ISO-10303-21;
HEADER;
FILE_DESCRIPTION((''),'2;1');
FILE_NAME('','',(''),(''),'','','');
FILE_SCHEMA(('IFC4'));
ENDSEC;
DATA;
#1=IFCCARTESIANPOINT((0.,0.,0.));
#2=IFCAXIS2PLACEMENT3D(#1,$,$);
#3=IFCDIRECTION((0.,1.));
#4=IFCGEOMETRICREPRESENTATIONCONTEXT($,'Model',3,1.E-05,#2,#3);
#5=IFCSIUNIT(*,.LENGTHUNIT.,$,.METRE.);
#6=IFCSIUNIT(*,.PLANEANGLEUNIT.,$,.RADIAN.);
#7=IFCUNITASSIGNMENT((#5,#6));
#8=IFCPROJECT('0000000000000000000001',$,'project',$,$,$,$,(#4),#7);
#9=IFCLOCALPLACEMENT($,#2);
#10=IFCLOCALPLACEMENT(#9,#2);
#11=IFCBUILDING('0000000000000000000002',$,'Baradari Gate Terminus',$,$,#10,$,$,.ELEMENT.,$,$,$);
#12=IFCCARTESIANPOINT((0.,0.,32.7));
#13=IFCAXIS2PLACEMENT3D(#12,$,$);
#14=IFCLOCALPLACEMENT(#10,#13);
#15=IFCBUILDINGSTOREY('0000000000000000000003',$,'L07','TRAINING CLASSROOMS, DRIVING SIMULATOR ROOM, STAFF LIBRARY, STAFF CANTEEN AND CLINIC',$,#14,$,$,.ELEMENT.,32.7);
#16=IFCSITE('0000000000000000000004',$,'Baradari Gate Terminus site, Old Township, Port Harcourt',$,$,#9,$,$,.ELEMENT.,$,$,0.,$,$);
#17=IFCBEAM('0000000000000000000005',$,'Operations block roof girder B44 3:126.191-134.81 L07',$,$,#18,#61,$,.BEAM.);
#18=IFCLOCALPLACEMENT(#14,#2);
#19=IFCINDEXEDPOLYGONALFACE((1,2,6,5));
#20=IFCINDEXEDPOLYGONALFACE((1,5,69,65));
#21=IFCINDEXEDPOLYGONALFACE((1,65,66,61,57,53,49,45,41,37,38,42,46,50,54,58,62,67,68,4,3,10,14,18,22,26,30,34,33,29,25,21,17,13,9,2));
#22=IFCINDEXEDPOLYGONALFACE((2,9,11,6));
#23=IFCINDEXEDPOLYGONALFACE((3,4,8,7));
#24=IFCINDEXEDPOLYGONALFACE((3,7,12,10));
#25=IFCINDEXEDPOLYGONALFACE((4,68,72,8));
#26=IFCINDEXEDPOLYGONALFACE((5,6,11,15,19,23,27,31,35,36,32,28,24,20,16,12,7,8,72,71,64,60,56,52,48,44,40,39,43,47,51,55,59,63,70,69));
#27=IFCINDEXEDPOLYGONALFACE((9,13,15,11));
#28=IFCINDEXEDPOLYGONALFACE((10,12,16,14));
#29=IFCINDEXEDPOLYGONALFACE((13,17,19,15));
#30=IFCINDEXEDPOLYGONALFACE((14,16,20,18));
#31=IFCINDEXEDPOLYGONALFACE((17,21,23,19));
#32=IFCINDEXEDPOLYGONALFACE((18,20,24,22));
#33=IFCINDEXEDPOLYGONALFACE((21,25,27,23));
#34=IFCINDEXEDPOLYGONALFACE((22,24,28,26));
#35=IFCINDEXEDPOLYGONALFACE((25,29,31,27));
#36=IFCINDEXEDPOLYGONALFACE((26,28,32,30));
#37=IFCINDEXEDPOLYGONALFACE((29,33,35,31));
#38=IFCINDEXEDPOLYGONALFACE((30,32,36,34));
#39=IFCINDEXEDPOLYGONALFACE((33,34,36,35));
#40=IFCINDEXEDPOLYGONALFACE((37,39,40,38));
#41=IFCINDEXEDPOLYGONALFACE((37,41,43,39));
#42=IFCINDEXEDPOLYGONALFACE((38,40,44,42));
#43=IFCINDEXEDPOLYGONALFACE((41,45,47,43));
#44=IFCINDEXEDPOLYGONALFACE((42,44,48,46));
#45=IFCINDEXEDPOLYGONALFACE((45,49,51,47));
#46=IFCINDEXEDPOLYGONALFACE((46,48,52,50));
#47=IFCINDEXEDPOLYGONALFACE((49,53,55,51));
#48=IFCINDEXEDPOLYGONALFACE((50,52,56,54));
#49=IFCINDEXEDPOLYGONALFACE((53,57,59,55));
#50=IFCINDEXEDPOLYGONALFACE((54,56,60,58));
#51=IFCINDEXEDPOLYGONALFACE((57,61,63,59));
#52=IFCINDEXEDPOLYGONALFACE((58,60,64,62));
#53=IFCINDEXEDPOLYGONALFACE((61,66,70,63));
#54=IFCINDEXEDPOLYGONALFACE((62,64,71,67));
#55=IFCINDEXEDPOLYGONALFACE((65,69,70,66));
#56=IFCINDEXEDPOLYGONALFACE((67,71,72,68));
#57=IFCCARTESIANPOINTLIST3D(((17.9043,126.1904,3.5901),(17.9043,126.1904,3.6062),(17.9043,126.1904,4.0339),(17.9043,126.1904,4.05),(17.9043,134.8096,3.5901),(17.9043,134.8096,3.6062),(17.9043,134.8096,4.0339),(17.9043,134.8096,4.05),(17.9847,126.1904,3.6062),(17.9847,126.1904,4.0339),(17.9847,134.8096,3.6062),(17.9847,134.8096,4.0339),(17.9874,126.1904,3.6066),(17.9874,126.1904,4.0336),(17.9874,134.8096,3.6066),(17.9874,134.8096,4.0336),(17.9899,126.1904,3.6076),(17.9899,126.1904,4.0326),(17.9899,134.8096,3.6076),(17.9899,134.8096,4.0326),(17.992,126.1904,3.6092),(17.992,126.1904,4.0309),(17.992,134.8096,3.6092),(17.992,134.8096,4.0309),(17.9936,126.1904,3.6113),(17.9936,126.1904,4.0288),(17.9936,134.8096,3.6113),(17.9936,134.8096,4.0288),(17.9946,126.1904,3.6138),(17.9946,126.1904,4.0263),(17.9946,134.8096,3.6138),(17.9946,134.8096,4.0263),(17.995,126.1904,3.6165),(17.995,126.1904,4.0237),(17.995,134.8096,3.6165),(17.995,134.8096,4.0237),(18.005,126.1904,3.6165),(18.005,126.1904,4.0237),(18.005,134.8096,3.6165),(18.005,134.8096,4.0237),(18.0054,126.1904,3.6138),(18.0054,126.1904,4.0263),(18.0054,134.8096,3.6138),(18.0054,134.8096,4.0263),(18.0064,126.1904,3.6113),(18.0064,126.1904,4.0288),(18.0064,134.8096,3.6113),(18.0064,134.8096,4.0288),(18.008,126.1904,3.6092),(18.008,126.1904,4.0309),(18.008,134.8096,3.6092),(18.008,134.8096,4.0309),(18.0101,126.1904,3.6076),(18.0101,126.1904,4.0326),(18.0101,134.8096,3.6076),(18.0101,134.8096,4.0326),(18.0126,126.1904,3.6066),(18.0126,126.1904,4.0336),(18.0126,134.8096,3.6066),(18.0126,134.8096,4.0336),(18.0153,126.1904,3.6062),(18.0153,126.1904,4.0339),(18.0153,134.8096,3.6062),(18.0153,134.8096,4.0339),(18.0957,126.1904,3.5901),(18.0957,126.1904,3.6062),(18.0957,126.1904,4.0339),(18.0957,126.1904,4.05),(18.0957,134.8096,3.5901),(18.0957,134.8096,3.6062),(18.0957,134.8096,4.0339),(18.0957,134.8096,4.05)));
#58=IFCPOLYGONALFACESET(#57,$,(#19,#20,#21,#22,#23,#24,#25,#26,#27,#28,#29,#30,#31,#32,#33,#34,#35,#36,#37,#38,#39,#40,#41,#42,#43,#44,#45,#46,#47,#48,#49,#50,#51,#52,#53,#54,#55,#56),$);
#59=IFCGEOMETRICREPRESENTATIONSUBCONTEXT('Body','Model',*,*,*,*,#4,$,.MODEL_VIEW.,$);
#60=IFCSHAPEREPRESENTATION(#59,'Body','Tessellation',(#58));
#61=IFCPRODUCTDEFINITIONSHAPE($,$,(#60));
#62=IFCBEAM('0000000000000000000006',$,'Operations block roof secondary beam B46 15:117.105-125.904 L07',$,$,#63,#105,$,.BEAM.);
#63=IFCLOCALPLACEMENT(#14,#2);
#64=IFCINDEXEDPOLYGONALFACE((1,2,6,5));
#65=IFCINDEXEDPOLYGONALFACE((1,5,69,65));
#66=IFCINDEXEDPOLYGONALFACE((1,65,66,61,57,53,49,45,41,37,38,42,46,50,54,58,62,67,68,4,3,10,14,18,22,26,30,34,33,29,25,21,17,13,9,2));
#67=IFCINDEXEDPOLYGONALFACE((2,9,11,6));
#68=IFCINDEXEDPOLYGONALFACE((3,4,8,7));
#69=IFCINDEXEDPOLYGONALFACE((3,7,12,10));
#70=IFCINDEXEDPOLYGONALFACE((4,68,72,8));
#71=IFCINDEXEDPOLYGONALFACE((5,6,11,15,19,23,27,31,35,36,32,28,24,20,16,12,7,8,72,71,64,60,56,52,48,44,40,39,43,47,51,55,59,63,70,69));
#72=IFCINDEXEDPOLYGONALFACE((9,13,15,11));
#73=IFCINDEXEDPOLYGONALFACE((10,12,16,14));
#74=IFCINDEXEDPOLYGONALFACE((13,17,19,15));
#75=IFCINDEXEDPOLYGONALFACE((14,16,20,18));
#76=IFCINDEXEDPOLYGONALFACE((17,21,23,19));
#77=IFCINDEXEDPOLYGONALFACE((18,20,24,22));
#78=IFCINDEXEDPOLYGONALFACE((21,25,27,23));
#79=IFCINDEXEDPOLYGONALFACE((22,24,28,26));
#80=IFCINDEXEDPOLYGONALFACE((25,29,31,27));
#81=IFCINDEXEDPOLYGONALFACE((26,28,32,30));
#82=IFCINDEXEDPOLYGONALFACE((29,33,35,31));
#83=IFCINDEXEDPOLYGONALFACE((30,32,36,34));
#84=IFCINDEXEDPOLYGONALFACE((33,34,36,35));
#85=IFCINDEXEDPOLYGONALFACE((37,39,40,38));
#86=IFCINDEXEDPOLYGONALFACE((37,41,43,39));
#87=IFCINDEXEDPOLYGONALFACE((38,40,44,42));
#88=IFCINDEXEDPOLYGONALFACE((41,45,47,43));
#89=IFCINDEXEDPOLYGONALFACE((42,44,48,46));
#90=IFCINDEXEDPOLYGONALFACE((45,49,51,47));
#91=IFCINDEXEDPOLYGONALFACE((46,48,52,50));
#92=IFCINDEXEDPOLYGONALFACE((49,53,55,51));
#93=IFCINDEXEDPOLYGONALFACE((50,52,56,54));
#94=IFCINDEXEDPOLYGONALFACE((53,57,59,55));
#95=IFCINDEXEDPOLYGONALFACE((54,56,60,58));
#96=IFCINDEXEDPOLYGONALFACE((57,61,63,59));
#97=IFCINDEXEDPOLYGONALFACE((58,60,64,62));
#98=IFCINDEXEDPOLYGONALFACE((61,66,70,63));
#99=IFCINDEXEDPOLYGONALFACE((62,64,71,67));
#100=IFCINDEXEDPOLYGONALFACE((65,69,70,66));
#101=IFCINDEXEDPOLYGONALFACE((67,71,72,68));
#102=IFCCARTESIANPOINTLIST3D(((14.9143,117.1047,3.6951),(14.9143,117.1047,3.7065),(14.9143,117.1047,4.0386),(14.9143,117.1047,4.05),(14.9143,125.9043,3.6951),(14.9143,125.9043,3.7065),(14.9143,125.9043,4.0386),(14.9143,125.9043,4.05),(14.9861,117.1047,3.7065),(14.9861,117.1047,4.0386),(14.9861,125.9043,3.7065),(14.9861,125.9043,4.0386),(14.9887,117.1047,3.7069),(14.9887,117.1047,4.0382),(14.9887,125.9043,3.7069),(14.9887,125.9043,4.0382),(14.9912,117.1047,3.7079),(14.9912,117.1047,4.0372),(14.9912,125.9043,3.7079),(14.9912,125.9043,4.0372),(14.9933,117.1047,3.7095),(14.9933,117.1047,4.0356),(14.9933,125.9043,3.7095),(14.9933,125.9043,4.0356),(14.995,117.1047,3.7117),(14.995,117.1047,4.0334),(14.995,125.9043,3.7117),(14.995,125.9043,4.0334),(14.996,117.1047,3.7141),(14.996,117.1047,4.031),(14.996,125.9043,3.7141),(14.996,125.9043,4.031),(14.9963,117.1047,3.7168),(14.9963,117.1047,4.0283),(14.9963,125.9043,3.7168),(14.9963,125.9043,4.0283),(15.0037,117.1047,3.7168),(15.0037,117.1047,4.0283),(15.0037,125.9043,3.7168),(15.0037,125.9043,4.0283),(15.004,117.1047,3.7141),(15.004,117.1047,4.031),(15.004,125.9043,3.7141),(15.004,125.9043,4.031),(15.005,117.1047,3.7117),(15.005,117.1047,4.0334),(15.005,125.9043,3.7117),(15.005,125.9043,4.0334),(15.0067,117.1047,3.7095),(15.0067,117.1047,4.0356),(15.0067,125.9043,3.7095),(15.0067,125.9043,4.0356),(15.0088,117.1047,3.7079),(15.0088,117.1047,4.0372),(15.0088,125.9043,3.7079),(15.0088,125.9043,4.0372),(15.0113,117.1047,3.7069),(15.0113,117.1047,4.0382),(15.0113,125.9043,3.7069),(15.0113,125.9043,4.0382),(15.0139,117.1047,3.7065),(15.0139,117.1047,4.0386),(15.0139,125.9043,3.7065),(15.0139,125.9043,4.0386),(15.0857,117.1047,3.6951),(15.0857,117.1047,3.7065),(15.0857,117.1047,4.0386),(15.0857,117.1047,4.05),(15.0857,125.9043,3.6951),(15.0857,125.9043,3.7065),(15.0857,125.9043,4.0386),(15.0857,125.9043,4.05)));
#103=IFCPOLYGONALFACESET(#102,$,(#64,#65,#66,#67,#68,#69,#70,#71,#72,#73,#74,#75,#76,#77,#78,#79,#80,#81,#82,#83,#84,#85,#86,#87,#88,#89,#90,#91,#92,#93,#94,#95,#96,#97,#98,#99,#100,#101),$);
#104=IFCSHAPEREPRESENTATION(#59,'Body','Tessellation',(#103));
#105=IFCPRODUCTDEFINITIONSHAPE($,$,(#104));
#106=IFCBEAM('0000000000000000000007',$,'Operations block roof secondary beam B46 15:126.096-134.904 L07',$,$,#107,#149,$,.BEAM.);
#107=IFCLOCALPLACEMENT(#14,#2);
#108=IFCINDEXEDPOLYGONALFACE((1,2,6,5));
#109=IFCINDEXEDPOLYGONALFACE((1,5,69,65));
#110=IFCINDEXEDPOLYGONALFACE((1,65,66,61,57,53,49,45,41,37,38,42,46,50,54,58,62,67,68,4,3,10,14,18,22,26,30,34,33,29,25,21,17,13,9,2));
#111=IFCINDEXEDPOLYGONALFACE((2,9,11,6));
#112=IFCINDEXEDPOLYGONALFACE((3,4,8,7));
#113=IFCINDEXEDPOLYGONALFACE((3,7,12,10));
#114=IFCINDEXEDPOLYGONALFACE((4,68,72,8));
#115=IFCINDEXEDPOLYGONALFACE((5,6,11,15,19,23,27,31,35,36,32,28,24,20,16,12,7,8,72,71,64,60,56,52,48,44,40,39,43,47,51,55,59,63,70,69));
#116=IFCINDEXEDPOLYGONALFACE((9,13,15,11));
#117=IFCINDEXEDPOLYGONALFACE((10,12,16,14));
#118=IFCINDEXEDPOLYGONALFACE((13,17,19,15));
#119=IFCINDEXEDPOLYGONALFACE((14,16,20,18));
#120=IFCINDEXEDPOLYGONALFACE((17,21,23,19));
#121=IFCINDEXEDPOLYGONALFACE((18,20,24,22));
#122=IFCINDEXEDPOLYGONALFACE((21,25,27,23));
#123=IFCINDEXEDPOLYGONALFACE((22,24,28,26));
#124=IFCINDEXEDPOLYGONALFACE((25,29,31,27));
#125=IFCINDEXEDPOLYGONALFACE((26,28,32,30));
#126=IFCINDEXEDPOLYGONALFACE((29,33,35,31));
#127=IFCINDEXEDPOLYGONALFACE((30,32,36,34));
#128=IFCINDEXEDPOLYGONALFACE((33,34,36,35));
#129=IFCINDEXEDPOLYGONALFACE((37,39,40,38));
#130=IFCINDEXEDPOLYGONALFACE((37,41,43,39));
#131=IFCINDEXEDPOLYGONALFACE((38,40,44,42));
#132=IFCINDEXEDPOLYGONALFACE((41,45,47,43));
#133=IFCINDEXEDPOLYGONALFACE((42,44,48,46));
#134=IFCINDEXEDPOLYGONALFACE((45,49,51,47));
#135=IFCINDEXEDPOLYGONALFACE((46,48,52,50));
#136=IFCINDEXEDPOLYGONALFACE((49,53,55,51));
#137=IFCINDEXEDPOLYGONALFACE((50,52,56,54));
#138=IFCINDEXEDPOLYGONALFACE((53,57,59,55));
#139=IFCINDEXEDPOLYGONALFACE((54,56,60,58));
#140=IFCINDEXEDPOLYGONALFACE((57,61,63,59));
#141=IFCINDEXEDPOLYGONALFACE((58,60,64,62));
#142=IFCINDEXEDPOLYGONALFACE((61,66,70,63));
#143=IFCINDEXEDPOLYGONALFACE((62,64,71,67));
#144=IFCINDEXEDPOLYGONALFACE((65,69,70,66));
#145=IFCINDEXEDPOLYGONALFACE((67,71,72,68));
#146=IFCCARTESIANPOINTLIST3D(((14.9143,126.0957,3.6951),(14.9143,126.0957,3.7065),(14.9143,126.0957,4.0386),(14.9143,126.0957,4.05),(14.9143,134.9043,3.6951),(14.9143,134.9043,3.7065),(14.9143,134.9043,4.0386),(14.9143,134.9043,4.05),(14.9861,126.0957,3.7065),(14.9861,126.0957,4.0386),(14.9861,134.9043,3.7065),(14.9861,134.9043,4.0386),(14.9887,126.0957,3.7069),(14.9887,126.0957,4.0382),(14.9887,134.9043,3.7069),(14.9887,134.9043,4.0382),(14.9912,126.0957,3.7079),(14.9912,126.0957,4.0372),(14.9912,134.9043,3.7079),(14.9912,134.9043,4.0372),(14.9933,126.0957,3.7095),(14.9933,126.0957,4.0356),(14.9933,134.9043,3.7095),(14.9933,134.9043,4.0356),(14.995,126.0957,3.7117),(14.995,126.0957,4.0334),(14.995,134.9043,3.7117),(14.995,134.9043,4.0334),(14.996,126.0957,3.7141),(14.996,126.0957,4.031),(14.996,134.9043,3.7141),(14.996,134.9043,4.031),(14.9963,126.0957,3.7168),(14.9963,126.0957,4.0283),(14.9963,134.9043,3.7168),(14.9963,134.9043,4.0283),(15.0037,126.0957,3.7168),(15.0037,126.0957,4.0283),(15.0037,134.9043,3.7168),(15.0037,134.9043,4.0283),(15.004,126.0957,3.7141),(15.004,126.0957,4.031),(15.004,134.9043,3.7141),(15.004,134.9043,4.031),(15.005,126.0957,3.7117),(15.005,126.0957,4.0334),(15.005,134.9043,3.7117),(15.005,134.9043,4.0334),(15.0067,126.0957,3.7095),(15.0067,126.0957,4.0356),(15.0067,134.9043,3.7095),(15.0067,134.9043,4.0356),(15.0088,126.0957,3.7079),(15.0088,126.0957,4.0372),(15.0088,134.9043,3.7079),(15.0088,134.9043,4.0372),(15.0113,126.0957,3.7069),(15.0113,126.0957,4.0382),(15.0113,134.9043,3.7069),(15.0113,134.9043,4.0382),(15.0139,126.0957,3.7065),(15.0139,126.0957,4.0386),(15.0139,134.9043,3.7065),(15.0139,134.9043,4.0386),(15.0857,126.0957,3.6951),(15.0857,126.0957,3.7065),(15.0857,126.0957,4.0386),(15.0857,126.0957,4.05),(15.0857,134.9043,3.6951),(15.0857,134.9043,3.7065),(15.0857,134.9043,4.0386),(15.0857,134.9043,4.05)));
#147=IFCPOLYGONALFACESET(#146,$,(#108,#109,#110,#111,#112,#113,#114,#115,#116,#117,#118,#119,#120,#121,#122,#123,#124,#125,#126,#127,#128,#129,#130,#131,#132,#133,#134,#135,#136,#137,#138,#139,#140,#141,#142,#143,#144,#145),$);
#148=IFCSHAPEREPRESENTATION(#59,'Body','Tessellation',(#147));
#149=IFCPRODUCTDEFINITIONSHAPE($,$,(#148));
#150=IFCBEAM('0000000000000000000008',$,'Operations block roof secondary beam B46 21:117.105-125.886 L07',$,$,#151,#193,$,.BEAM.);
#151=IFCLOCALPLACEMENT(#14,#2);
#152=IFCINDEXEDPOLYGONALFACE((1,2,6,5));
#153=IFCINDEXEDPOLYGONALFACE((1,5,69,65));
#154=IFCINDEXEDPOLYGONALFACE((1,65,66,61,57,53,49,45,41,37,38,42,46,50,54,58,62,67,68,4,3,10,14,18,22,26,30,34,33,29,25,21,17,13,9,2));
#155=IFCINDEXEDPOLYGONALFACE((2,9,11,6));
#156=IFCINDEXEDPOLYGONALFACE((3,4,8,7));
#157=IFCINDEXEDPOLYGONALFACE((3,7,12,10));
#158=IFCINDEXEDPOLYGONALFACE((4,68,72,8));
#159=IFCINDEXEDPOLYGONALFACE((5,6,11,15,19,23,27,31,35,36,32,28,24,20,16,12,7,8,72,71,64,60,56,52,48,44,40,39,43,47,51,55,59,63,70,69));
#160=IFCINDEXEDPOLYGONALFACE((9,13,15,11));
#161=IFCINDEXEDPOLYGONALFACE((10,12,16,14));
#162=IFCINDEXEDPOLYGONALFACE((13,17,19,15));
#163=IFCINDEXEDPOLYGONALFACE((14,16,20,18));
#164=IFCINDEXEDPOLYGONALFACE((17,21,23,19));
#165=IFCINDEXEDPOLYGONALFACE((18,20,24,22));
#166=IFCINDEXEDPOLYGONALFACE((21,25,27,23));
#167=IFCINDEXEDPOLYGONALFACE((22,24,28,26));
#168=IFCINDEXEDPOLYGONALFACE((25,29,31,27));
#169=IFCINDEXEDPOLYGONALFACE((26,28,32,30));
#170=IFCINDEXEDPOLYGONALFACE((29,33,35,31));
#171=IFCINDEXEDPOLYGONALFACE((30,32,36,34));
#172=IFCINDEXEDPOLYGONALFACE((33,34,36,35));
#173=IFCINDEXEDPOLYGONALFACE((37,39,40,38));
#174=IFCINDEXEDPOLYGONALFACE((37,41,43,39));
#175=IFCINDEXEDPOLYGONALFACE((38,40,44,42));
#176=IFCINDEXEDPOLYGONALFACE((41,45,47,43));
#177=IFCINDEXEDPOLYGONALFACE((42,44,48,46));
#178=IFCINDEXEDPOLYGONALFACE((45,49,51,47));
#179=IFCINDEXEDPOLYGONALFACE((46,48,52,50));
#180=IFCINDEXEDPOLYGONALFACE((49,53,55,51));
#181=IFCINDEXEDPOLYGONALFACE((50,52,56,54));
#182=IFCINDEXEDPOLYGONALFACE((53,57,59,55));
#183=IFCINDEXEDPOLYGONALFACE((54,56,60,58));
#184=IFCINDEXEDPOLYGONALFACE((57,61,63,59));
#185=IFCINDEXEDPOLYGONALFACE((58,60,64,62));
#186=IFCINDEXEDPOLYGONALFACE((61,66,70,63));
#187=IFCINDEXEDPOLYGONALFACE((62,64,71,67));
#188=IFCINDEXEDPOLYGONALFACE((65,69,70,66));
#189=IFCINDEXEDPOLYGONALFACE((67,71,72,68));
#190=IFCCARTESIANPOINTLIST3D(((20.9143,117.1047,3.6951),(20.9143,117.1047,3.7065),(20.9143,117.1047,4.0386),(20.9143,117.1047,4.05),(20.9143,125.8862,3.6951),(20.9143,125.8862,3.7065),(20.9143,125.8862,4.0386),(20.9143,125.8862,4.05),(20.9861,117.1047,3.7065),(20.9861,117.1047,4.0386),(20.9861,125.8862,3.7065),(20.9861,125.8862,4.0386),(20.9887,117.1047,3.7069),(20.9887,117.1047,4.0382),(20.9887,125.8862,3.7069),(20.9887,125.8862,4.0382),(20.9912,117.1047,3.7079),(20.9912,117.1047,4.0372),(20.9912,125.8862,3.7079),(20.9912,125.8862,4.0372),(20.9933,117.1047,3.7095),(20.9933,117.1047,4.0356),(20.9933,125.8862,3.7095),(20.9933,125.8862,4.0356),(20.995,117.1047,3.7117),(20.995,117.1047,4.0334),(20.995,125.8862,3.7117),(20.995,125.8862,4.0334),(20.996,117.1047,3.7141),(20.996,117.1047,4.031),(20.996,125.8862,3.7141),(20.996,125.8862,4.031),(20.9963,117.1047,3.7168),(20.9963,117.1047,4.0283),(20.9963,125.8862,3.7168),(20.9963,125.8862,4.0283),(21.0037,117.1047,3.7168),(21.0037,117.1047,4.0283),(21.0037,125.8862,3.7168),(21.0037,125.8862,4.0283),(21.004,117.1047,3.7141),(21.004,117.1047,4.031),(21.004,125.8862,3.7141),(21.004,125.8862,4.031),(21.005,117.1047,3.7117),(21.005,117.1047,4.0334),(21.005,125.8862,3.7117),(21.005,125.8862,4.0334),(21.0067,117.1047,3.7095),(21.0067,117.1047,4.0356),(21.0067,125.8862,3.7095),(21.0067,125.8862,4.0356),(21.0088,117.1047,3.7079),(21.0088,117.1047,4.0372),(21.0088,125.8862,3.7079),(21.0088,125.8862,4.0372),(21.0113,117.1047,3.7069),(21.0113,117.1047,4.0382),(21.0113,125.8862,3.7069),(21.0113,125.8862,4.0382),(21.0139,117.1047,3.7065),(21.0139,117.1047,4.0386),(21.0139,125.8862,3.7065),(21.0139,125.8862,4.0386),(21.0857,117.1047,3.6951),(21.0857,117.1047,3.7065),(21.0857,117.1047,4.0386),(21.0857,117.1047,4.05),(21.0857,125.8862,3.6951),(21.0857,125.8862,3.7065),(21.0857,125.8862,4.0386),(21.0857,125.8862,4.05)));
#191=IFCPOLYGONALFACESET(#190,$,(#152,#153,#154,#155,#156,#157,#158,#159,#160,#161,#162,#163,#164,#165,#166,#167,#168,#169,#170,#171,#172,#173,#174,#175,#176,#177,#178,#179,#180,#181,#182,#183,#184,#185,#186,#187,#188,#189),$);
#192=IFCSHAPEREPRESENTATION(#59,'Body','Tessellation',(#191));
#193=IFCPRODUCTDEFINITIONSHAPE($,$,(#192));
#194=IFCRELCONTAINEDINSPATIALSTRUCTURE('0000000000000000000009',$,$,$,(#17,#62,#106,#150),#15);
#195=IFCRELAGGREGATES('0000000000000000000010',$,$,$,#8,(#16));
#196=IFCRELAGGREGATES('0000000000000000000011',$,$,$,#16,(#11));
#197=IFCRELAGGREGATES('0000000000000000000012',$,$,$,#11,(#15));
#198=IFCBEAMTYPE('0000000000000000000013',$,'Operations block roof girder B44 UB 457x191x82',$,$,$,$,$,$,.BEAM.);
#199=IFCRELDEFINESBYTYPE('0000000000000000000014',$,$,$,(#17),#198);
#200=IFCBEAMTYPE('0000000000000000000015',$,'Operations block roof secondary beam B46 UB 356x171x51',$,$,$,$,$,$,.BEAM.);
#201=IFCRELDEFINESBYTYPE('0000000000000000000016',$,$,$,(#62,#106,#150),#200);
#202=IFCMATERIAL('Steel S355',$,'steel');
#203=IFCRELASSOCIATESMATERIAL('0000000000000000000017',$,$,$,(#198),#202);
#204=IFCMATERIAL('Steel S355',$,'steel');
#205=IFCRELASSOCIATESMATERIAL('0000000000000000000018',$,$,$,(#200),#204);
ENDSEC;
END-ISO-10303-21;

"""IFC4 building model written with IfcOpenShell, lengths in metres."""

from ifc_helpers import new_model, si_unit, direction, frame, origin, origin_2d, place, context, subcontext, project, spatial, i_section, extrude, material, material_profile, profile_set, type_object, element, save


model = new_model("IFC4")

# Units and contexts
model_context = context("Model", 3, precision=1e-05, world=origin(), true_north=direction((0.0, 1.0)))
body_context = subcontext(model_context, "Body", "Model", "MODEL_VIEW")
ifc_project = project(units=[si_unit("LENGTHUNIT", "METRE"), si_unit("PLANEANGLEUNIT", "RADIAN")], contexts=[model_context])

# Site, building, storey
site_placement = place(None, origin())
site = spatial("IfcSite", under=ifc_project, at=site_placement, Name="Baradari Gate Terminus site, Old Township, Port Harcourt", CompositionType="ELEMENT", RefElevation=0.0)
building_placement = place(site_placement, origin())
building = spatial("IfcBuilding", under=site, at=building_placement, Name="Baradari Gate Terminus", CompositionType="ELEMENT")
storey_placement = place(building_placement, frame((0.0, 0.0, 32.7)))
storey = spatial("IfcBuildingStorey", under=building, at=storey_placement, Name="L07", Description="TRAINING CLASSROOMS, DRIVING SIMULATOR ROOM, STAFF LIBRARY, STAFF CANTEEN AND CLINIC", CompositionType="ELEMENT", Elevation=32.7)

# Beams
ifc_material_1 = material(Name="Steel S355", Category="steel")
ifc_material_profile_1 = material_profile(ifc_material_1, i_section(OverallWidth=0.1914, OverallDepth=0.46, WebThickness=0.01, FlangeThickness=0.0161, FilletRadius=0.0103, at=origin_2d()), Name="UB 457x191x82")
ifc_profile_set_1 = profile_set([ifc_material_profile_1], Name="Steel S355")
beam_type_1 = type_object("IfcBeamType", Name="Operations block roof girder B44 UB 457x191x82", PredefinedType="BEAM", material=ifc_profile_set_1)
beam_1_placement = place(storey_placement, frame((18.0, 126.1904, 3.8201), z_axis=(0.0, 1.0, 0.0), x_axis=(-1.0, 0.0, 0.0)))
element("IfcBeam", 1, at=beam_1_placement, inside=storey, type_object=beam_type_1, Name="Operations block roof girder B44 3:126.191-134.81 L07", PredefinedType="BEAM", context=body_context, shape_type="SweptSolid", body=[
    extrude(i_section(OverallWidth=0.1914, OverallDepth=0.46, WebThickness=0.01, FlangeThickness=0.0161, FilletRadius=0.0103, at=origin_2d()), origin(), (0.0, 0.0, 1.0), 8.6191),
])
ifc_material_2 = material(Name="Steel S355", Category="steel")
ifc_material_profile_2 = material_profile(ifc_material_2, i_section(OverallWidth=0.1714, OverallDepth=0.355, WebThickness=0.0073, FlangeThickness=0.0115, FilletRadius=0.0103, at=origin_2d()), Name="UB 356x171x51")
ifc_profile_set_2 = profile_set([ifc_material_profile_2], Name="Steel S355")
beam_type_2 = type_object("IfcBeamType", Name="Operations block roof secondary beam B46 UB 356x171x51", PredefinedType="BEAM", material=ifc_profile_set_2)
beam_2_placement = place(storey_placement, frame((15.0, 117.1047, 3.8726), z_axis=(0.0, 1.0, 0.0), x_axis=(-1.0, 0.0, 0.0)))
element("IfcBeam", 2, at=beam_2_placement, inside=storey, type_object=beam_type_2, Name="Operations block roof secondary beam B46 15:117.105-125.904 L07", PredefinedType="BEAM", context=body_context, shape_type="SweptSolid", body=[
    extrude(i_section(OverallWidth=0.1714, OverallDepth=0.355, WebThickness=0.0073, FlangeThickness=0.0115, FilletRadius=0.0103, at=origin_2d()), origin(), (0.0, 0.0, 1.0), 8.7996),
])
beam_3_placement = place(storey_placement, frame((15.0, 126.0957, 3.8726), z_axis=(0.0, 1.0, 0.0), x_axis=(-1.0, 0.0, 0.0)))
element("IfcBeam", 3, at=beam_3_placement, inside=storey, type_object=beam_type_2, Name="Operations block roof secondary beam B46 15:126.096-134.904 L07", PredefinedType="BEAM", context=body_context, shape_type="SweptSolid", body=[
    extrude(i_section(OverallWidth=0.1714, OverallDepth=0.355, WebThickness=0.0073, FlangeThickness=0.0115, FilletRadius=0.0103, at=origin_2d()), origin(), (0.0, 0.0, 1.0), 8.8086),
])
beam_4_placement = place(storey_placement, frame((21.0, 117.1047, 3.8726), z_axis=(0.0, 1.0, 0.0), x_axis=(-1.0, 0.0, 0.0)))
element("IfcBeam", 4, at=beam_4_placement, inside=storey, type_object=beam_type_2, Name="Operations block roof secondary beam B46 21:117.105-125.886 L07", PredefinedType="BEAM", context=body_context, shape_type="SweptSolid", body=[
    extrude(i_section(OverallWidth=0.1714, OverallDepth=0.355, WebThickness=0.0073, FlangeThickness=0.0115, FilletRadius=0.0103, at=origin_2d()), origin(), (0.0, 0.0, 1.0), 8.7815),
])

save(model, "model.ifc")
